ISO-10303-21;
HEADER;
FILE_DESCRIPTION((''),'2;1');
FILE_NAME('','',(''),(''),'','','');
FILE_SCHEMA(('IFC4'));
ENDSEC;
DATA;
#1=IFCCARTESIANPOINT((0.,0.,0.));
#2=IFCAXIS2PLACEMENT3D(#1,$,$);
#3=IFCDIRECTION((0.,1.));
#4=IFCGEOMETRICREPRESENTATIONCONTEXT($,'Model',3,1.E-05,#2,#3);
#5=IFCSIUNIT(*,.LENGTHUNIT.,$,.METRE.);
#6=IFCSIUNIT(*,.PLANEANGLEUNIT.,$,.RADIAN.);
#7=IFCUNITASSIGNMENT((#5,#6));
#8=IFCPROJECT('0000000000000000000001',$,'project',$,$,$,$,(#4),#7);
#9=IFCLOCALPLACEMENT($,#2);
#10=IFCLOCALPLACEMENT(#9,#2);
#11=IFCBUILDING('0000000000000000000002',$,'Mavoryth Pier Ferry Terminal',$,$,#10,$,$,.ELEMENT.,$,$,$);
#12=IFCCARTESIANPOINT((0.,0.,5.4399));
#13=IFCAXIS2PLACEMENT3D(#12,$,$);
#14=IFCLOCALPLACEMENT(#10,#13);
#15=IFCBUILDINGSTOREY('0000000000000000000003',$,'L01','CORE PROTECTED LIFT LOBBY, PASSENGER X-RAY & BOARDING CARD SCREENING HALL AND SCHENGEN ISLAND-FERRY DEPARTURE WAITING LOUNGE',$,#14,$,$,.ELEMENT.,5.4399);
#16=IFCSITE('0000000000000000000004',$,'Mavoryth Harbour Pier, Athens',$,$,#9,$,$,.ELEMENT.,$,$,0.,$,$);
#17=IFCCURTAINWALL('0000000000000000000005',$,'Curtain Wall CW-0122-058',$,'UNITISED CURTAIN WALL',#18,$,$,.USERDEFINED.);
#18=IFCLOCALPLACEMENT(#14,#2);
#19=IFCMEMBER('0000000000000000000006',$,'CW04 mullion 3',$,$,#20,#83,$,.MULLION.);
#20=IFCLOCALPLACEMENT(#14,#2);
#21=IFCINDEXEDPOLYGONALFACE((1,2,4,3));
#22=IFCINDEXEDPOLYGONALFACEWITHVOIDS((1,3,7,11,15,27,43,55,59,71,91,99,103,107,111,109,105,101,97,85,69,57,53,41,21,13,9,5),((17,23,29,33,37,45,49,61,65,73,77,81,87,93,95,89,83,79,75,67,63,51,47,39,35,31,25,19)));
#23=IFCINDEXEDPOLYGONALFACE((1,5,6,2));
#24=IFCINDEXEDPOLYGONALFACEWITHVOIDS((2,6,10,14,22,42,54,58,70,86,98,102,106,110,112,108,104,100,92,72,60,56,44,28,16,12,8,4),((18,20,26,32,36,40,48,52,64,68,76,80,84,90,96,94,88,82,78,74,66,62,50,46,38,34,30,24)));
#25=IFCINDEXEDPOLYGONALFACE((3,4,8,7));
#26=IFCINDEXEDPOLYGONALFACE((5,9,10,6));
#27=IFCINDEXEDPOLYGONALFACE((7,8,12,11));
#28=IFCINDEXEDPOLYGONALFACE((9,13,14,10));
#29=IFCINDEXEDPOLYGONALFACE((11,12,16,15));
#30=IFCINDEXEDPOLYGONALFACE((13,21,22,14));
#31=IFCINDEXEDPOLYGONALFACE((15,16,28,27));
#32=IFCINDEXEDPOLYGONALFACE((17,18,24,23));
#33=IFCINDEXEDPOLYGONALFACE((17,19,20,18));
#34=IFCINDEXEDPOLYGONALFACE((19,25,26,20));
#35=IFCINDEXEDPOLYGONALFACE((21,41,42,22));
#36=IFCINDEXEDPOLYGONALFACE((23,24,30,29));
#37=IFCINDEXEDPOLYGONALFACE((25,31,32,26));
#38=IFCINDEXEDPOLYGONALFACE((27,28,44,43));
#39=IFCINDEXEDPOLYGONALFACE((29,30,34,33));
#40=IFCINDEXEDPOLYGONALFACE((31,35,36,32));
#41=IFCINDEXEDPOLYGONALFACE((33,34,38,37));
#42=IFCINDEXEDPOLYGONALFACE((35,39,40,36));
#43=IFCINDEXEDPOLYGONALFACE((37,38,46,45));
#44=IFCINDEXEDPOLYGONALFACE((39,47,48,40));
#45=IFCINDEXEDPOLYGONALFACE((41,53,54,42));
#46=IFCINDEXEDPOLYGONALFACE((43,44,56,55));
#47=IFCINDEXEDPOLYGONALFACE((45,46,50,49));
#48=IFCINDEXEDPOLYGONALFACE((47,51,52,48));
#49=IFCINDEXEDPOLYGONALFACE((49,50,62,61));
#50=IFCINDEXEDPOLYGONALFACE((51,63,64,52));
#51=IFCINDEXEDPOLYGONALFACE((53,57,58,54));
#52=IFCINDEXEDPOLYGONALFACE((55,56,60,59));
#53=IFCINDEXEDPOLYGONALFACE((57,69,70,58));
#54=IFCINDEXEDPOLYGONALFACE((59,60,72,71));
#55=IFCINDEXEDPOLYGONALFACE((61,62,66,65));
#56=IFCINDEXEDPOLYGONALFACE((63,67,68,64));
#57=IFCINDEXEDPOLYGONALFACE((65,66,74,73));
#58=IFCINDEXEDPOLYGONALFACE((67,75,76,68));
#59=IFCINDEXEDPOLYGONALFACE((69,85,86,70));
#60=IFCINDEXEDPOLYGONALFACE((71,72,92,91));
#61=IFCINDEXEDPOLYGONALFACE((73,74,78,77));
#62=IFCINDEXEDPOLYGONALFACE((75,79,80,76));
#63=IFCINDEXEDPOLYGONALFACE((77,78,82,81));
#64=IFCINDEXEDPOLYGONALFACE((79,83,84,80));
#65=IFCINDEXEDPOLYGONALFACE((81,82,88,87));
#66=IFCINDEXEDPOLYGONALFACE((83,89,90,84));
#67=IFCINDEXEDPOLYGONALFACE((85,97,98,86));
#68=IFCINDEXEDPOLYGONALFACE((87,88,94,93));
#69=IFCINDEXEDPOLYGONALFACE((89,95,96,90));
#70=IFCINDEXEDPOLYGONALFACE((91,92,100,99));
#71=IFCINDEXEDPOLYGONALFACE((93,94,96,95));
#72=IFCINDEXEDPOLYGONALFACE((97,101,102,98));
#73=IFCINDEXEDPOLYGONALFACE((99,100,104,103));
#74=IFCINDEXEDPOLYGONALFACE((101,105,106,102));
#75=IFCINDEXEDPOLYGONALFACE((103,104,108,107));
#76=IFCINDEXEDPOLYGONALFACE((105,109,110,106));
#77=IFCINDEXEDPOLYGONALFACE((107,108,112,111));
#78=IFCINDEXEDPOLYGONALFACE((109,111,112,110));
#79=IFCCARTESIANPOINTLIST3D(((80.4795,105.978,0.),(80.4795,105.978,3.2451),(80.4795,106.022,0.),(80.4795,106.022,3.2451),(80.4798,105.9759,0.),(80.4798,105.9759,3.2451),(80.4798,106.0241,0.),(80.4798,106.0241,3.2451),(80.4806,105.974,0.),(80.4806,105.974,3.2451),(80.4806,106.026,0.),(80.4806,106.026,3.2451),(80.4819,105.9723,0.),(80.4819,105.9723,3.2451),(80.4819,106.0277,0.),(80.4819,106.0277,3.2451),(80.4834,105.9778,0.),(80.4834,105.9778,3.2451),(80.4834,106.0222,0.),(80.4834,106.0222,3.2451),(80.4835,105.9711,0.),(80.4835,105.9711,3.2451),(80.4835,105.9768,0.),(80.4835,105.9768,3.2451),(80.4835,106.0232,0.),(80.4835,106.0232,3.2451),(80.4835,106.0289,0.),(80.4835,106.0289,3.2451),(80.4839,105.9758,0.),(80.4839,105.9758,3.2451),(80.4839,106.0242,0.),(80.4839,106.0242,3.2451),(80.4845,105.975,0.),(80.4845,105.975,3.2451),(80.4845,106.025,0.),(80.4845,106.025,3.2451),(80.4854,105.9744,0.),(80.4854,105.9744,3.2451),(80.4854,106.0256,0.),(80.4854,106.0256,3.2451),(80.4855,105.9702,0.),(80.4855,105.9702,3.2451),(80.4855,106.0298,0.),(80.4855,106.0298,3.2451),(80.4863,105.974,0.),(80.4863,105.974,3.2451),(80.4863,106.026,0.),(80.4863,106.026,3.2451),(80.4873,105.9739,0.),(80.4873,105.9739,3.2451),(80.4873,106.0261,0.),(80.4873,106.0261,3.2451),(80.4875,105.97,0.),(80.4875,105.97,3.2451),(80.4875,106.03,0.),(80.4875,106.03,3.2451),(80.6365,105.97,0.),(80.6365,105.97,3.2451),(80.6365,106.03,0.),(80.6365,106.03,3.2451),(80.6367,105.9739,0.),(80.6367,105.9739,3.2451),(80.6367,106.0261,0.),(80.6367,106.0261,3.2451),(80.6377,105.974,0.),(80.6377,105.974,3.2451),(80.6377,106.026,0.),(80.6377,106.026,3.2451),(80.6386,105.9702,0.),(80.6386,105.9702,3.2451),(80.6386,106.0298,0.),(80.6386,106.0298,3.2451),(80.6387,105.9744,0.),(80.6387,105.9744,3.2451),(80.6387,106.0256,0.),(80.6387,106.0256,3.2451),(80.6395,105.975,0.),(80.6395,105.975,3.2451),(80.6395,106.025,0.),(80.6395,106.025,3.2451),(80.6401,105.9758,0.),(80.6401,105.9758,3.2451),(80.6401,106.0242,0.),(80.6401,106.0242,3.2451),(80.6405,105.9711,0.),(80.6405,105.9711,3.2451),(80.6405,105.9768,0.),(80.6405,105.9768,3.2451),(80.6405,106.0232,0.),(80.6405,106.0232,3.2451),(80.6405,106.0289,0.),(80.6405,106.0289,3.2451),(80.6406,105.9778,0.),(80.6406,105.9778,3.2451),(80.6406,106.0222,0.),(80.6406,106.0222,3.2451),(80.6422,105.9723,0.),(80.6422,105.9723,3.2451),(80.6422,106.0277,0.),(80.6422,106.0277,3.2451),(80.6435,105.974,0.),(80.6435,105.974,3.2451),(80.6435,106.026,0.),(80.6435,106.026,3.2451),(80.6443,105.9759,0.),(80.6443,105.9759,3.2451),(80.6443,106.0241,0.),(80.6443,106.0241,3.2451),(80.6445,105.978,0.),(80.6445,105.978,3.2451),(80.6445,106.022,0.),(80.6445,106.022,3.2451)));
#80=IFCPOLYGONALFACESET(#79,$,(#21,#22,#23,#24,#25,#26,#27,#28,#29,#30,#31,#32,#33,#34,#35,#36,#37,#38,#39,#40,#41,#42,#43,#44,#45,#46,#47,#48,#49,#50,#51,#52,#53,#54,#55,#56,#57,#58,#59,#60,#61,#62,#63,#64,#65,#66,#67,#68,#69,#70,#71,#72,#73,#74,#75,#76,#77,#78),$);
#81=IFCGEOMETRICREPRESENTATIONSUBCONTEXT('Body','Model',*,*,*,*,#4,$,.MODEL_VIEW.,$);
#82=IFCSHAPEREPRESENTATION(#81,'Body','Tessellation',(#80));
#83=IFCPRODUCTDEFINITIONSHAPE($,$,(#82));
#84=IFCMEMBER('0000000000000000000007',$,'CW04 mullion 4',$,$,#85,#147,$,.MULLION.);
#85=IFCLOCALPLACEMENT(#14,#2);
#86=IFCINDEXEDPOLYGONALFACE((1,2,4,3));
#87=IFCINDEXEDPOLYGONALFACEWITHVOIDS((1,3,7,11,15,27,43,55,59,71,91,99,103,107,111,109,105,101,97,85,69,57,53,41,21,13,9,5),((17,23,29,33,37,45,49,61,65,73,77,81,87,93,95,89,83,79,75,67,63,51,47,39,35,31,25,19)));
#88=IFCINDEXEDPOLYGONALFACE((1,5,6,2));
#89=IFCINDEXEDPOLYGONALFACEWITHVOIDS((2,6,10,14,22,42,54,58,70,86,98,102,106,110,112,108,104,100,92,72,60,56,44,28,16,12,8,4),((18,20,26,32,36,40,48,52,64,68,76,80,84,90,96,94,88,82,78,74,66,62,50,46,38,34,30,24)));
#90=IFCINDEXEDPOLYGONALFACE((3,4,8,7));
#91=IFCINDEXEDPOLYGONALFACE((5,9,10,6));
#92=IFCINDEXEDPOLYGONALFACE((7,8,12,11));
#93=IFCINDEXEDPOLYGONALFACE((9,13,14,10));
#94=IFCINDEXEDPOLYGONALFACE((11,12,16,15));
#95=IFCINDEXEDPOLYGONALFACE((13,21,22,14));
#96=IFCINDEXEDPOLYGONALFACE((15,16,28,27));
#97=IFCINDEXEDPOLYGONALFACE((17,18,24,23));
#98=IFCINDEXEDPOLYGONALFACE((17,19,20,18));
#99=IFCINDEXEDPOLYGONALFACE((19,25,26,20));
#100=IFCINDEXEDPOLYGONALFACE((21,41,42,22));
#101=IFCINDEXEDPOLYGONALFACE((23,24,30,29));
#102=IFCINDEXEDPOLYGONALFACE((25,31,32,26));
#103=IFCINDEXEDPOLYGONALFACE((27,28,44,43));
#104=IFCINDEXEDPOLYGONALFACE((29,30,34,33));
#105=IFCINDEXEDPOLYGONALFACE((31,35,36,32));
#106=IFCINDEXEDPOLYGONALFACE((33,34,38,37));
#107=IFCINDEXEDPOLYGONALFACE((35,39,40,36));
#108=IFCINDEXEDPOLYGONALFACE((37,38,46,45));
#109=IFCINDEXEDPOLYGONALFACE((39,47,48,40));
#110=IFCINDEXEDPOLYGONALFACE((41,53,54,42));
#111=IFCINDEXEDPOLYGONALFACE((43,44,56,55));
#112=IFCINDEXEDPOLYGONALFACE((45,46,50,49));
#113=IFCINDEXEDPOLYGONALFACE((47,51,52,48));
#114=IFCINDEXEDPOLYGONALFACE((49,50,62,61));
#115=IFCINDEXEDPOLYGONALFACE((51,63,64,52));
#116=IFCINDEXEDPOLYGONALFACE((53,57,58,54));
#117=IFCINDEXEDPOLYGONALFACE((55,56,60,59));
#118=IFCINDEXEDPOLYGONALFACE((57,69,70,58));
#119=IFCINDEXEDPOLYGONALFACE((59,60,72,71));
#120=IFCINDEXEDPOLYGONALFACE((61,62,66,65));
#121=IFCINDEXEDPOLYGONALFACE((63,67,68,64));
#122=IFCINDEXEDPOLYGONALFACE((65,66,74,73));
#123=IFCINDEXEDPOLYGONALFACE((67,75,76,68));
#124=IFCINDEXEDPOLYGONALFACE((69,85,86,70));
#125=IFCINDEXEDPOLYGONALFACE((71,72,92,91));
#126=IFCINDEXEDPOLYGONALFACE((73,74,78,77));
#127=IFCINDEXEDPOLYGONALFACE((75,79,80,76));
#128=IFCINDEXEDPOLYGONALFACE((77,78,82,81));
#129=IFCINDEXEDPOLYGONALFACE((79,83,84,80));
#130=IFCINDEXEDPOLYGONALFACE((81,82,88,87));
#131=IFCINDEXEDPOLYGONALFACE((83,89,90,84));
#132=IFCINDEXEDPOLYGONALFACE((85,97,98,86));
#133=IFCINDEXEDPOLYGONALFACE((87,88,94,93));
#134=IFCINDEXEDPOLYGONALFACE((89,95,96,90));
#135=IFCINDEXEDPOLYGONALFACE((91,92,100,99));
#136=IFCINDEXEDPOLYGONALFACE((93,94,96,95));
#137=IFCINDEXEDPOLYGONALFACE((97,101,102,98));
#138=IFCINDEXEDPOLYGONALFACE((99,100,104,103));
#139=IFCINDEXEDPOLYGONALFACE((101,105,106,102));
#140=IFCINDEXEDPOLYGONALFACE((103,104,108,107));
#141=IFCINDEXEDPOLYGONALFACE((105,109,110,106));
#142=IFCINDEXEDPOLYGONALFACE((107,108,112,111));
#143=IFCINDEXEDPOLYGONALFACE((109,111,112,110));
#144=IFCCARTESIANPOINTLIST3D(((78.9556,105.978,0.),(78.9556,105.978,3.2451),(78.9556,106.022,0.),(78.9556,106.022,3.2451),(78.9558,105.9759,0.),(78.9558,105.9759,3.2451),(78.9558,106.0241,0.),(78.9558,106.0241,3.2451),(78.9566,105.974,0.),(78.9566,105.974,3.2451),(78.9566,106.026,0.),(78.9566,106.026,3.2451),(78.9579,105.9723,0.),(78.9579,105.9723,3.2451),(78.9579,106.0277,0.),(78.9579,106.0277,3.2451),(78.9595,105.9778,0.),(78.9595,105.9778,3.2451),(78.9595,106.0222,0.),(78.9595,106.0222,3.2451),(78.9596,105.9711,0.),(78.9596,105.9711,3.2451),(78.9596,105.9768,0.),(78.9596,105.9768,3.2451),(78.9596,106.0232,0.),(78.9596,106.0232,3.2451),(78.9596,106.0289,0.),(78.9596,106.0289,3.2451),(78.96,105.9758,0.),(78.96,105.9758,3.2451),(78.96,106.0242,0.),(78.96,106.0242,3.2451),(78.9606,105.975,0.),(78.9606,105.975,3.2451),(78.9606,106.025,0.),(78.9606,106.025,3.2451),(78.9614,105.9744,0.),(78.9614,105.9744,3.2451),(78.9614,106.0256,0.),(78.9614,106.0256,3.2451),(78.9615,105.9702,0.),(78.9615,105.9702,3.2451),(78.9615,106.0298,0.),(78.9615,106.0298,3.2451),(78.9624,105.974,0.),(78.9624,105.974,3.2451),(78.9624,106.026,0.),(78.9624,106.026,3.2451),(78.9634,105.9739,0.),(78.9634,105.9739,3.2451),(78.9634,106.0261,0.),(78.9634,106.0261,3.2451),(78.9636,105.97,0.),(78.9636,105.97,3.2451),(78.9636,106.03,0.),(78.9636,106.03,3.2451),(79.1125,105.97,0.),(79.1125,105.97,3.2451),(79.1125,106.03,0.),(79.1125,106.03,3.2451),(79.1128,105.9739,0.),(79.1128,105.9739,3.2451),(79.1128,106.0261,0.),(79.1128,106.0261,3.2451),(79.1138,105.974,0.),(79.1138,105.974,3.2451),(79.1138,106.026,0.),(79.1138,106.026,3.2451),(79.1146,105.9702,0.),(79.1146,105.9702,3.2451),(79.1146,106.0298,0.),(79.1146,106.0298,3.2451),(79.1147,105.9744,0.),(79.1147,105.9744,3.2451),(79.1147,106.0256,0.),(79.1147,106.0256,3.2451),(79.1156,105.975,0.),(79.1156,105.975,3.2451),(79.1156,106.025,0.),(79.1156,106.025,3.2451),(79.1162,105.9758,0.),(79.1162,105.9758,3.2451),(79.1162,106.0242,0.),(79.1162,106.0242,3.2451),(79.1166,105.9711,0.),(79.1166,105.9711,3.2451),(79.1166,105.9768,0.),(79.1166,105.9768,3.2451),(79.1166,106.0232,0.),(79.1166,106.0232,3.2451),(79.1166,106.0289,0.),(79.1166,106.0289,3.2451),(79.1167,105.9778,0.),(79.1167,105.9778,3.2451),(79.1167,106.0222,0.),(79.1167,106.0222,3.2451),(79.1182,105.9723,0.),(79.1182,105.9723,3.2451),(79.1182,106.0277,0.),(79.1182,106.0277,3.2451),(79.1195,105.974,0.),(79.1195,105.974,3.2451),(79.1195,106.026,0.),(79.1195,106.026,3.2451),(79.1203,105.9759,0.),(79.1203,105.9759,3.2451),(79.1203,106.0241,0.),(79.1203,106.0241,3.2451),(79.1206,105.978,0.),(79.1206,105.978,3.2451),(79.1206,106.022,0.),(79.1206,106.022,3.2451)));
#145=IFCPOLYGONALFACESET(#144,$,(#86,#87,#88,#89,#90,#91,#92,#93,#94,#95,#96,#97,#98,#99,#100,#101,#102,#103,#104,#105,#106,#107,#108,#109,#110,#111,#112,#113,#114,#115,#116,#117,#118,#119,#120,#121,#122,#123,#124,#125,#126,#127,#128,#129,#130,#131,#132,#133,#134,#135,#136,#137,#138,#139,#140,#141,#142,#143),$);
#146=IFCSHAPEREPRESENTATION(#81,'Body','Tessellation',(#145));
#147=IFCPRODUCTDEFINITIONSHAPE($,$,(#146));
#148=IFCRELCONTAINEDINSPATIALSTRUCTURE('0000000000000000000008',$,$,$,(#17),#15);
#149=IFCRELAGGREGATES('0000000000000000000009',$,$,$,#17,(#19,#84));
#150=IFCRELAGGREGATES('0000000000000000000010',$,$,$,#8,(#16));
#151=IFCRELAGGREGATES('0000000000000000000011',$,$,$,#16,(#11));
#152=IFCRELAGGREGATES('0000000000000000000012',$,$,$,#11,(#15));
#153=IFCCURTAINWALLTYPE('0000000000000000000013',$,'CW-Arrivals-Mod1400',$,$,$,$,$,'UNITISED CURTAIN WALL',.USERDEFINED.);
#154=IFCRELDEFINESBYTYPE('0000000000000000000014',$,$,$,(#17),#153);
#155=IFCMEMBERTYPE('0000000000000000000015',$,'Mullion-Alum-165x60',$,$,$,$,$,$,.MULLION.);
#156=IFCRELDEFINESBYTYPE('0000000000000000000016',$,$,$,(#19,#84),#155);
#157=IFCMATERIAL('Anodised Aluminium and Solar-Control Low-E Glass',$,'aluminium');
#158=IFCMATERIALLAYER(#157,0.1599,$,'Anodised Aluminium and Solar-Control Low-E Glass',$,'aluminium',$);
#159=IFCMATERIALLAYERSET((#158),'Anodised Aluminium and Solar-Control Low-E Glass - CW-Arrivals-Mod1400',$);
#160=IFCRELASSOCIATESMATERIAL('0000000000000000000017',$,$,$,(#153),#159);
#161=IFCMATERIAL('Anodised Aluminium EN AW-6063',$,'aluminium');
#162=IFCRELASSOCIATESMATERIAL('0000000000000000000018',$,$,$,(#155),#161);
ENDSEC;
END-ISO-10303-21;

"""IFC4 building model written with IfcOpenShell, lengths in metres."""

from ifc_helpers import new_model, si_unit, direction, frame, origin, origin_2d, place, context, subcontext, project, spatial, hollow_rectangle, extrude, material, layer, layer_set, material_profile, profile_set, type_object, element, aggregate, save


model = new_model("IFC4")

# Units and contexts
model_context = context("Model", 3, precision=1e-05, world=origin(), true_north=direction((0.0, 1.0)))
body_context = subcontext(model_context, "Body", "Model", "MODEL_VIEW")
ifc_project = project(units=[si_unit("LENGTHUNIT", "METRE"), si_unit("PLANEANGLEUNIT", "RADIAN")], contexts=[model_context])

# Site, building, storey
site_placement = place(None, origin())
site = spatial("IfcSite", under=ifc_project, at=site_placement, Name="Mavoryth Harbour Pier, Athens", CompositionType="ELEMENT", RefElevation=0.0)
building_placement = place(site_placement, origin())
building = spatial("IfcBuilding", under=site, at=building_placement, Name="Mavoryth Pier Ferry Terminal", CompositionType="ELEMENT")
storey_placement = place(building_placement, frame((0.0, 0.0, 5.4399)))
storey = spatial("IfcBuildingStorey", under=building, at=storey_placement, Name="L01", Description="CORE PROTECTED LIFT LOBBY, PASSENGER X-RAY & BOARDING CARD SCREENING HALL AND SCHENGEN ISLAND-FERRY DEPARTURE WAITING LOUNGE", CompositionType="ELEMENT", Elevation=5.4399)

# Curtain wall, members
ifc_material_1 = material(Name="Anodised Aluminium and Solar-Control Low-E Glass", Category="aluminium")
ifc_layer_1 = layer(ifc_material_1, 0.1599, Name="Anodised Aluminium and Solar-Control Low-E Glass", Category="aluminium")
ifc_layer_set_1 = layer_set([ifc_layer_1], Name="Anodised Aluminium and Solar-Control Low-E Glass - CW-Arrivals-Mod1400")
curtain_wall_type = type_object("IfcCurtainWallType", Name="CW-Arrivals-Mod1400", ElementType="UNITISED CURTAIN WALL", PredefinedType="USERDEFINED", material=ifc_layer_set_1)
curtain_wall_1_placement = place(storey_placement, origin())
curtain_wall_1 = element("IfcCurtainWall", 1, at=curtain_wall_1_placement, inside=storey, type_object=curtain_wall_type, Name="Curtain Wall CW-0122-058", ObjectType="UNITISED CURTAIN WALL", PredefinedType="USERDEFINED")
ifc_material_2 = material(Name="Anodised Aluminium EN AW-6063", Category="aluminium")
ifc_material_profile_1 = material_profile(ifc_material_2, hollow_rectangle(XDim=0.0601, YDim=0.165, WallThickness=0.0039, InnerFilletRadius=0.0039, OuterFilletRadius=0.0081, at=origin_2d()), Name="AL-MULL 165x60x4", Category="aluminium")
ifc_profile_set_1 = profile_set([ifc_material_profile_1], Name="Anodised Aluminium EN AW-6063 - AL-MULL 165x60x4")
member_type_1 = type_object("IfcMemberType", Name="Mullion-Alum-165x60", PredefinedType="MULLION", material=ifc_profile_set_1)
member_1_placement = place(storey_placement, frame((80.562, 106.0, 0.0), z_axis=(0.0, 0.0, 1.0), x_axis=(0.0, -1.0, 0.0)))
member_1 = element("IfcMember", 2, at=member_1_placement, type_object=member_type_1, Name="CW04 mullion 3", PredefinedType="MULLION", context=body_context, shape_type="SweptSolid", body=[
    extrude(hollow_rectangle(XDim=0.0601, YDim=0.165, WallThickness=0.0039, InnerFilletRadius=0.0039, OuterFilletRadius=0.0081, at=origin_2d()), origin(), (0.0, 0.0, 1.0), 3.2451),
])
member_2_placement = place(storey_placement, frame((79.0381, 106.0, 0.0), z_axis=(0.0, 0.0, 1.0), x_axis=(0.0, -1.0, 0.0)))
member_2 = element("IfcMember", 3, at=member_2_placement, type_object=member_type_1, Name="CW04 mullion 4", PredefinedType="MULLION", context=body_context, shape_type="SweptSolid", body=[
    extrude(hollow_rectangle(XDim=0.0601, YDim=0.165, WallThickness=0.0039, InnerFilletRadius=0.0039, OuterFilletRadius=0.0081, at=origin_2d()), origin(), (0.0, 0.0, 1.0), 3.2451),
])

aggregate(curtain_wall_1, [member_1, member_2])

save(model, "model.ifc")
